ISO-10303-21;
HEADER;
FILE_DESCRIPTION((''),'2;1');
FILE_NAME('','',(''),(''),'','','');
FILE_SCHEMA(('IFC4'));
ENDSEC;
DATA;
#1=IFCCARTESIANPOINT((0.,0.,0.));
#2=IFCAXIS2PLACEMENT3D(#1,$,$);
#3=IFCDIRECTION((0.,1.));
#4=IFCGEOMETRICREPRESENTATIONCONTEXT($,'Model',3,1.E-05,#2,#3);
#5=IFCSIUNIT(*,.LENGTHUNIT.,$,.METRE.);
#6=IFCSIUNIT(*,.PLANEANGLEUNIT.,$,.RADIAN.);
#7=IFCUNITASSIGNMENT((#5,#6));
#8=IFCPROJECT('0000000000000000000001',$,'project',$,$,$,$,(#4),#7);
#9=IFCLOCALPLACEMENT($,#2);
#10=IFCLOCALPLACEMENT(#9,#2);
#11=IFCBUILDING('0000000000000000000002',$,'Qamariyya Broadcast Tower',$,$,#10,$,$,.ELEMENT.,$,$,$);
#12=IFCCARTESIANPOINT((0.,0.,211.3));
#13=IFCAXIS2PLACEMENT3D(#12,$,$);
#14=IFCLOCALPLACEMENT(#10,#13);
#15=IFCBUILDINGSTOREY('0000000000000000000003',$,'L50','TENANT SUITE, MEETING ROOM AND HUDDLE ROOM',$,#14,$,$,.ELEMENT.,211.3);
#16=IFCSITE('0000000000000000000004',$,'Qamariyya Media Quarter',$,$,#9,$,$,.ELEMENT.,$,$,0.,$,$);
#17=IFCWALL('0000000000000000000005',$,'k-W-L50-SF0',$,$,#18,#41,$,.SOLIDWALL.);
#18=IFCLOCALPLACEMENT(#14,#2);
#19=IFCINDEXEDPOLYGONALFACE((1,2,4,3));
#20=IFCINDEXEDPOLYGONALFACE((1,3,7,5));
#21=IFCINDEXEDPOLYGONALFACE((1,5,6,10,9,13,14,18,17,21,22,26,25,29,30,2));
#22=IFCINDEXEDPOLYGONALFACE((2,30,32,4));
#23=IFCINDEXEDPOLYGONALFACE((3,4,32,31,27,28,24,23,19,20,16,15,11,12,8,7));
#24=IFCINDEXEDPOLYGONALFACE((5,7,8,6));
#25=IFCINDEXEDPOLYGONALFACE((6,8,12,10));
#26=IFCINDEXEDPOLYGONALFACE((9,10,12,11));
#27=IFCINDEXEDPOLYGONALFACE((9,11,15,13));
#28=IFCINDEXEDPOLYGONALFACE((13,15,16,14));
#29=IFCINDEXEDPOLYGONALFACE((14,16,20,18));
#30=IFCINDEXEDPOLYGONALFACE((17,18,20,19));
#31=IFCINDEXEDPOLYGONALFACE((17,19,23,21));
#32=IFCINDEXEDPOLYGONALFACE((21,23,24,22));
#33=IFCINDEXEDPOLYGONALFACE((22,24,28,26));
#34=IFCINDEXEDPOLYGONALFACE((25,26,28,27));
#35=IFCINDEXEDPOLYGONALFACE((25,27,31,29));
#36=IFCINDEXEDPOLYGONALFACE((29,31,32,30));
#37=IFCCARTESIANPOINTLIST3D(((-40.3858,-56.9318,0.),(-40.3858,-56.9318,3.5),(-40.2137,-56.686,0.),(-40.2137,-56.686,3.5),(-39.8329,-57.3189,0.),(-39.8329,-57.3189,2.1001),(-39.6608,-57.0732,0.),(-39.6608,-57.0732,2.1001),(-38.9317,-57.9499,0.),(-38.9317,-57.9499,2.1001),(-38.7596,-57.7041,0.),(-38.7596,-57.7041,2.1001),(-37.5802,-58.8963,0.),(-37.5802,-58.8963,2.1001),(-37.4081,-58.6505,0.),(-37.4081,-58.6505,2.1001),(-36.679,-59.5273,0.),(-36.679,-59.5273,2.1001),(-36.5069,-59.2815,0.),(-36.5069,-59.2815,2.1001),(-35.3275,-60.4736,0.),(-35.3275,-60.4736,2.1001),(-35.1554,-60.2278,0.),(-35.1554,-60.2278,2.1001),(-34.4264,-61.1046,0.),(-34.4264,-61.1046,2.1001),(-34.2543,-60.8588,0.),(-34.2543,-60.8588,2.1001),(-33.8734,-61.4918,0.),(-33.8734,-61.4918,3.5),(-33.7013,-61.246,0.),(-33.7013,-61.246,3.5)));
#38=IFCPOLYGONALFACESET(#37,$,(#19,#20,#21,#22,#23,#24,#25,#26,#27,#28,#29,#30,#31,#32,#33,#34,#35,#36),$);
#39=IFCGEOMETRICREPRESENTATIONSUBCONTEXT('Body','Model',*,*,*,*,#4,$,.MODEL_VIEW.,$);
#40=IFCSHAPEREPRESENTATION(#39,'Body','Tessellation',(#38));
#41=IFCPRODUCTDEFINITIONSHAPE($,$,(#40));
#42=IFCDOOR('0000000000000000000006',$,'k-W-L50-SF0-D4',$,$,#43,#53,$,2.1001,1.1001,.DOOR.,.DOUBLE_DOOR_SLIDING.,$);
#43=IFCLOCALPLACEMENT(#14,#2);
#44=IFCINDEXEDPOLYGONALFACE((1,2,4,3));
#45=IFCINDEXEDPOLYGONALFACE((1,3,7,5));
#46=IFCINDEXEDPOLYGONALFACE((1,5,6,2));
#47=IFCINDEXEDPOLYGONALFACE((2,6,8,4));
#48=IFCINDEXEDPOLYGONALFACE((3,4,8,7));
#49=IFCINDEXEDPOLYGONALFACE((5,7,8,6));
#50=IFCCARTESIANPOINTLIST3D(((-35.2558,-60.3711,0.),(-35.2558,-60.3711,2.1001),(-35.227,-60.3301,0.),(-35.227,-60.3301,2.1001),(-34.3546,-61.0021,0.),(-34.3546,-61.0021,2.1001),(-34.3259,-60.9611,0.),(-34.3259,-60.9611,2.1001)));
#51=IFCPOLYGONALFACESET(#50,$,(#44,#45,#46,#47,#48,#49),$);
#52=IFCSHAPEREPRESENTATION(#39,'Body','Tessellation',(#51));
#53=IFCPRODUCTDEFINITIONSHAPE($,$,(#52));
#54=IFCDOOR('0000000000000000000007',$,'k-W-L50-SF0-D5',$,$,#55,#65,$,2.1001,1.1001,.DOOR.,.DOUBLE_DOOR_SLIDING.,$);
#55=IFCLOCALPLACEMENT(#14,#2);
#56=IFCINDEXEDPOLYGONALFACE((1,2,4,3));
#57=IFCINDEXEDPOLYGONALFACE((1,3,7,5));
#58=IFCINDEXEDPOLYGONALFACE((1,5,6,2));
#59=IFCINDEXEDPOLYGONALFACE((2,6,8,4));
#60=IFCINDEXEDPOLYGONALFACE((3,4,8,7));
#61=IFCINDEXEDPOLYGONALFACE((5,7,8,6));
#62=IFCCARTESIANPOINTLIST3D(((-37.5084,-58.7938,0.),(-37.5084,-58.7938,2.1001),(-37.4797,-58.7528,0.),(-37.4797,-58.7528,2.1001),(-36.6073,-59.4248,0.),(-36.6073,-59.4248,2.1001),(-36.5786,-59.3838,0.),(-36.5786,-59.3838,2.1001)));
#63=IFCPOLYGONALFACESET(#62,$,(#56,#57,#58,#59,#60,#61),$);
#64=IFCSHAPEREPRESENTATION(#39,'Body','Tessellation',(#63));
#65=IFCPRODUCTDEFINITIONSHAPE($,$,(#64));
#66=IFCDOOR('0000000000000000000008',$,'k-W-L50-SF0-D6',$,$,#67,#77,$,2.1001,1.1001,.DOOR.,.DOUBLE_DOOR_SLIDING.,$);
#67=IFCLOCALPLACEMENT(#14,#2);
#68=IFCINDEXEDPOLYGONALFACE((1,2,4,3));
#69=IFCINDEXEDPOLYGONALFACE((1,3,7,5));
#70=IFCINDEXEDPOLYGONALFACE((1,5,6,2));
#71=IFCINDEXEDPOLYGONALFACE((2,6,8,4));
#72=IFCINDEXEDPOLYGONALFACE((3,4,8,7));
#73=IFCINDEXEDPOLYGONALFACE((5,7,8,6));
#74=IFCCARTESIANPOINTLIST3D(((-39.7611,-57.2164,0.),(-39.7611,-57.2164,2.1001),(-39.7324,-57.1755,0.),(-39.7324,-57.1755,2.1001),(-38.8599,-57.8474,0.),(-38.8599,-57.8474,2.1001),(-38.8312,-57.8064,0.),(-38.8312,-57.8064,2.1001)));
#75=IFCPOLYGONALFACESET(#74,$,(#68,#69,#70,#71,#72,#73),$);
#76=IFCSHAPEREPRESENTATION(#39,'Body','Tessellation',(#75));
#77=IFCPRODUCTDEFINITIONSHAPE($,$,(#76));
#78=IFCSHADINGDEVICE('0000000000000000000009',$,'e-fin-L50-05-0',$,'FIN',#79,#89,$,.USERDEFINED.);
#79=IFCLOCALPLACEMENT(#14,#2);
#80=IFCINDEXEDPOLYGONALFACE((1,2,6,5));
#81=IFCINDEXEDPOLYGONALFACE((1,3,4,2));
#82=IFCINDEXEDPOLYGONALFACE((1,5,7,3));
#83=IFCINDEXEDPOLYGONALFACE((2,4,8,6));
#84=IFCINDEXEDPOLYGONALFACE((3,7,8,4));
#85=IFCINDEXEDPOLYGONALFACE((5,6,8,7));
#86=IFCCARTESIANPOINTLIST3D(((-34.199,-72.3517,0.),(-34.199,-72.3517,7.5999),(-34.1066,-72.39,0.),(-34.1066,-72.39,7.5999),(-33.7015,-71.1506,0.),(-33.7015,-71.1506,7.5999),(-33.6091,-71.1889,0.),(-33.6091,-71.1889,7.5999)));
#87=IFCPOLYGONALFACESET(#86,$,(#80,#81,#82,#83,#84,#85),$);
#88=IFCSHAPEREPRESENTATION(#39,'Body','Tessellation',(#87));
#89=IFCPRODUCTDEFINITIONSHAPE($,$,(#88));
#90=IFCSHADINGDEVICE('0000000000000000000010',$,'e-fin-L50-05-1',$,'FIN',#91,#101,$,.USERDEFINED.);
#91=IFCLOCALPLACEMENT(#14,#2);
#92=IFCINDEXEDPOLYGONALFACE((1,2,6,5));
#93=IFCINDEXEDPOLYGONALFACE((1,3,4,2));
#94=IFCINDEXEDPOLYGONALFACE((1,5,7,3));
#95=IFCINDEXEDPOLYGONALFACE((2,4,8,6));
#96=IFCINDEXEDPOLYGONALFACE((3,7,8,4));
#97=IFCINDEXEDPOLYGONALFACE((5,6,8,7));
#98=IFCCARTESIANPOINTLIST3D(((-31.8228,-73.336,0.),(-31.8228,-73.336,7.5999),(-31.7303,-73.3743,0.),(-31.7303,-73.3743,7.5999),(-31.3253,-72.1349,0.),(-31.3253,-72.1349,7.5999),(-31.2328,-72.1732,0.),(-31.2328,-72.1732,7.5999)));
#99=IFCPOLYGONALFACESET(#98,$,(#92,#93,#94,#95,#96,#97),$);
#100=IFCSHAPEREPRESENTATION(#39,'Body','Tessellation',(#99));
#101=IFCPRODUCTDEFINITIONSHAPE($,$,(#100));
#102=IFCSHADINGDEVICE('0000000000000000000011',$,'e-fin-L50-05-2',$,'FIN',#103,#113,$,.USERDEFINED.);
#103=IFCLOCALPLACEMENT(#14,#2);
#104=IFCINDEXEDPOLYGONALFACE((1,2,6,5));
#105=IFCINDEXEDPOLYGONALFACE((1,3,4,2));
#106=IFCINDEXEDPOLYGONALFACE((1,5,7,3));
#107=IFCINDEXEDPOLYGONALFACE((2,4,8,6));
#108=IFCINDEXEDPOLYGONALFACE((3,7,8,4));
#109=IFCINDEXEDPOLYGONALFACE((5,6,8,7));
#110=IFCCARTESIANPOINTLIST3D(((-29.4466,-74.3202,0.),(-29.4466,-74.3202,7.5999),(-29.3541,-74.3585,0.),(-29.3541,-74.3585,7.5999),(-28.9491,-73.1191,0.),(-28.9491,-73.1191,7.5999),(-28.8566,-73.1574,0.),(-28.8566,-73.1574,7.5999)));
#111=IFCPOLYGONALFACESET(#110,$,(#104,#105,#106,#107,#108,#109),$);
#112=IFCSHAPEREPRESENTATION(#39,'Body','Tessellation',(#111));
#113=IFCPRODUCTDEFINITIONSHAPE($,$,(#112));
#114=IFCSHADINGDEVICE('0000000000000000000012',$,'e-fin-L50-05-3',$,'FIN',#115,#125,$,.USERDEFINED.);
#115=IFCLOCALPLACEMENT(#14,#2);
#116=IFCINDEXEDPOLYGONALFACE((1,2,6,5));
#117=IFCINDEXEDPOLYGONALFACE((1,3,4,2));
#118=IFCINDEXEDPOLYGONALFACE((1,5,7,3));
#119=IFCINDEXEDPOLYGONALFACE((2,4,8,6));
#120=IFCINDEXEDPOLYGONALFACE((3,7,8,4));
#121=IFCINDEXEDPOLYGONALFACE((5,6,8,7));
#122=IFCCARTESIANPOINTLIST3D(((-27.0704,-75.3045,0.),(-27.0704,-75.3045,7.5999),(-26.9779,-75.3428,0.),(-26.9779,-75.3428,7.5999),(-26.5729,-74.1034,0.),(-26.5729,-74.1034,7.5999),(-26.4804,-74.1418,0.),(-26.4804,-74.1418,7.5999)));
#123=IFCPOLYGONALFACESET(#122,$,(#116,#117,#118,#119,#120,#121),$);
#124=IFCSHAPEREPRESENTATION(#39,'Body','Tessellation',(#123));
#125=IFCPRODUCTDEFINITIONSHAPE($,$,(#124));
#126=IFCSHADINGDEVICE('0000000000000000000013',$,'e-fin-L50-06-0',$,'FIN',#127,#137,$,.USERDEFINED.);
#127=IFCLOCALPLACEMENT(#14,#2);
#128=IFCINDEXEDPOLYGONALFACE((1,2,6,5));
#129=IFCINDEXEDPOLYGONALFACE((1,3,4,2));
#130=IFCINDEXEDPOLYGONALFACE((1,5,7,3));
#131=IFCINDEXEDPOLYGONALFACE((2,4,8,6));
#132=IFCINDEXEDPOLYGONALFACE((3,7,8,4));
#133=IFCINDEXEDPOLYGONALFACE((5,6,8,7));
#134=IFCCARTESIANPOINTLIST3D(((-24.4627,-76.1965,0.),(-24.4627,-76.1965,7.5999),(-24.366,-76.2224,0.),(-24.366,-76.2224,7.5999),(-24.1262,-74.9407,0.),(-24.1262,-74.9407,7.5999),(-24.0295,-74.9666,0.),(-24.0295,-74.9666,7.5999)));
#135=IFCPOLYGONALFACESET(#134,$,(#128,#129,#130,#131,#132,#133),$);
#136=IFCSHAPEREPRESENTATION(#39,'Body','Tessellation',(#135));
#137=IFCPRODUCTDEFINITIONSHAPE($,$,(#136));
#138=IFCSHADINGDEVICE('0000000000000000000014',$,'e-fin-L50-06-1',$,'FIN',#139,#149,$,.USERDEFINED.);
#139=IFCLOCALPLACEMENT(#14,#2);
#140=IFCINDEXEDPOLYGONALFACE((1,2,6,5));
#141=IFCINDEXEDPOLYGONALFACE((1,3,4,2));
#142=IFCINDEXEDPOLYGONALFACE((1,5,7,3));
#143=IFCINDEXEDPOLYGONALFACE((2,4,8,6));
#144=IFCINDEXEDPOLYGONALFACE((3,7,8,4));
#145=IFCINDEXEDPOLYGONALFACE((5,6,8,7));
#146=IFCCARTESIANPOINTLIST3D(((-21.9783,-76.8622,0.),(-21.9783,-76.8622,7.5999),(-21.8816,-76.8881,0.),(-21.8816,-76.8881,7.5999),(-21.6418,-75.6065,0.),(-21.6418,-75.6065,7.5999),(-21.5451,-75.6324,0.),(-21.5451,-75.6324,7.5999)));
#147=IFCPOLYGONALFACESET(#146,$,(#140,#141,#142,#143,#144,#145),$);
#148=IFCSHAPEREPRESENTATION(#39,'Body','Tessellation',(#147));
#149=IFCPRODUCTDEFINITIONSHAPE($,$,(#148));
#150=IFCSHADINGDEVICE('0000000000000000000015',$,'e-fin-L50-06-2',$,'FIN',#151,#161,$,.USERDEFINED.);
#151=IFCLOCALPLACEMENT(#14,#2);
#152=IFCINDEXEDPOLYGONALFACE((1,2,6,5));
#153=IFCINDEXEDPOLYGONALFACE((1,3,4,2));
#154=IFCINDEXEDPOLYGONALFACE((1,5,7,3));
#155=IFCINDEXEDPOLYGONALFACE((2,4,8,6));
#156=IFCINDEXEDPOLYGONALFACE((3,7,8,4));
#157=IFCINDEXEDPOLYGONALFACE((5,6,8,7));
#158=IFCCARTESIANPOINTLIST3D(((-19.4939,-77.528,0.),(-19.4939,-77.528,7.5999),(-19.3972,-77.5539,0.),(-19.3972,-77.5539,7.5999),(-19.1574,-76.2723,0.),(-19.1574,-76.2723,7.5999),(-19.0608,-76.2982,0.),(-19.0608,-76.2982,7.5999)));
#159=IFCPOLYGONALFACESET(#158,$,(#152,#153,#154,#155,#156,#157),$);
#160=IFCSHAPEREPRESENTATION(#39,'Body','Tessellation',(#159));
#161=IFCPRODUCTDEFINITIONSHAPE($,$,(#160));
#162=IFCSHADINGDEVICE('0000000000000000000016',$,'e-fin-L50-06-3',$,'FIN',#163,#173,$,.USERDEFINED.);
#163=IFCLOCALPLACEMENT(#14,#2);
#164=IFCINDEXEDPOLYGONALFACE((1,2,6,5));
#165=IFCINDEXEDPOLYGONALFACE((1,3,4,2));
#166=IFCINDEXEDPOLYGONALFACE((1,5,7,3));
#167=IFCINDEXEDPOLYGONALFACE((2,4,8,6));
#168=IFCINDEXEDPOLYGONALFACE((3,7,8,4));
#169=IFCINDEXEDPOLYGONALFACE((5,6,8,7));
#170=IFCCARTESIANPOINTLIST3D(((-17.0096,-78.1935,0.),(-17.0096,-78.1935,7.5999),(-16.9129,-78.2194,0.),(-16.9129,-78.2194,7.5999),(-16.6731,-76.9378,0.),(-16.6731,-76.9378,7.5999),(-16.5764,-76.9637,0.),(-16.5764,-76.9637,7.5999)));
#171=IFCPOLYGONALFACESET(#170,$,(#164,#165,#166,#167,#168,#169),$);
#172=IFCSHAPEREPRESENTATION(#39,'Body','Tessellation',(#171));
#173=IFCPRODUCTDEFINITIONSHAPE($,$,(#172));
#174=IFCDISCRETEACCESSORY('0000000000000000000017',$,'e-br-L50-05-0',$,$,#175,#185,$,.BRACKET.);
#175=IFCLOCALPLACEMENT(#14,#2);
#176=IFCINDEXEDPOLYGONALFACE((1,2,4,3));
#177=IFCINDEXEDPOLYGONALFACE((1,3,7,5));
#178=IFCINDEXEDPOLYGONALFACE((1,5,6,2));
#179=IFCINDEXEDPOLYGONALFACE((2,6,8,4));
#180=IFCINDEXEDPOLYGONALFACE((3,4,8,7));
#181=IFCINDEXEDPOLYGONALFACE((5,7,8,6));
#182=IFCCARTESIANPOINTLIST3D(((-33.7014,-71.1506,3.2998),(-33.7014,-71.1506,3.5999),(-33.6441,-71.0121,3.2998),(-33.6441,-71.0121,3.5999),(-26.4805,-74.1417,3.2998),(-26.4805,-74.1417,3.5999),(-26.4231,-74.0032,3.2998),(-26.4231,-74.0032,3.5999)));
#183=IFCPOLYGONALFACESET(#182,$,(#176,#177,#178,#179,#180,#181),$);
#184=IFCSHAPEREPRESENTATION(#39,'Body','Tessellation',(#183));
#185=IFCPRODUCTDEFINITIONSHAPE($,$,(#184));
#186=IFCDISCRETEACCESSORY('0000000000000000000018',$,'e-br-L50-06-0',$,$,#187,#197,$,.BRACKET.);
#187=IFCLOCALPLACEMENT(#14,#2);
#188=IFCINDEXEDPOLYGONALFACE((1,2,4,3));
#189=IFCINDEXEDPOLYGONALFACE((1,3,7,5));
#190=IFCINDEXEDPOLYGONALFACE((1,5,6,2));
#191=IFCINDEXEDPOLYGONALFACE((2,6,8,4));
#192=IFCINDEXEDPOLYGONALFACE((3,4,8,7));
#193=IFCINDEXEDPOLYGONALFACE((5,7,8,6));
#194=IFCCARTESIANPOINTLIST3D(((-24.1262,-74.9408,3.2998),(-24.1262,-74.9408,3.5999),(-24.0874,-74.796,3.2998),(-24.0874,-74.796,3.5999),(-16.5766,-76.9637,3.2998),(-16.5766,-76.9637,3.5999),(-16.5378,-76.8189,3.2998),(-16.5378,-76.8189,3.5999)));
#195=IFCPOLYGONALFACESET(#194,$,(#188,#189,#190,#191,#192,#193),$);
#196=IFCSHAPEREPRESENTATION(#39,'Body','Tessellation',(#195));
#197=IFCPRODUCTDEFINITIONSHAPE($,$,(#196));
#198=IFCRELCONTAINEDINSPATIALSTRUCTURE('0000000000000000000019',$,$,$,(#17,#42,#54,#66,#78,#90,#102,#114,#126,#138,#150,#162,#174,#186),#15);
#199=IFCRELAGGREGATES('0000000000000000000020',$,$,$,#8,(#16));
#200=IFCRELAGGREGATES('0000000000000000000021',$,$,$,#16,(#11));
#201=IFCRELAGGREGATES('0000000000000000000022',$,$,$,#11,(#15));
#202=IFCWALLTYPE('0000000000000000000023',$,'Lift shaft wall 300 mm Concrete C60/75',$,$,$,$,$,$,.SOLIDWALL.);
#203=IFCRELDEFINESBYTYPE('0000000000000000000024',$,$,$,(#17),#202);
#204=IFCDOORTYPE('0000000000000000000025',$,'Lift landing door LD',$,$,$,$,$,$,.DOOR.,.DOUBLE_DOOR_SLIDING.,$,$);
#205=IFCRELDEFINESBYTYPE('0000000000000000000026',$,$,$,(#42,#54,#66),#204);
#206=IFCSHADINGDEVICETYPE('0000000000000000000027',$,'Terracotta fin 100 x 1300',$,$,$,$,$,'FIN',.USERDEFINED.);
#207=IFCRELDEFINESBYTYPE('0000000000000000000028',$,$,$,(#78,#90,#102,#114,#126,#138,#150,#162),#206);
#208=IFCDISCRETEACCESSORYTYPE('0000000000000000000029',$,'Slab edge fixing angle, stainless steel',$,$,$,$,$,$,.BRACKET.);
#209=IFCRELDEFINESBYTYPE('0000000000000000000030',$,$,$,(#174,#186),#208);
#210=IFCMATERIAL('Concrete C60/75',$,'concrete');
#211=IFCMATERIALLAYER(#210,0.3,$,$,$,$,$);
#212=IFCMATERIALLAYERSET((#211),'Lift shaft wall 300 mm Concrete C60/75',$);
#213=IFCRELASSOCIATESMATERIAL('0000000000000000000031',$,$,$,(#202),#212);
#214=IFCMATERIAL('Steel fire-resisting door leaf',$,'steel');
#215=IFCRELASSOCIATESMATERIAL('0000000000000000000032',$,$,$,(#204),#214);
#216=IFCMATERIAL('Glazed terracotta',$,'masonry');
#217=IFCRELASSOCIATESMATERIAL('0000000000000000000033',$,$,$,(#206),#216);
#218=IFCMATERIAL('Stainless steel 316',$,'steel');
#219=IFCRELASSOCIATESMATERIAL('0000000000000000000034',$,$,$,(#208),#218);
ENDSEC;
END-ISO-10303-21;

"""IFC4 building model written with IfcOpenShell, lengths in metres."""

from ifc_helpers import new_model, si_unit, direction, frame, frame_2d, origin, origin_2d, place, context, subcontext, project, spatial, rectangle, extrude, material, layer, layer_set, material_profile, profile_set, type_object, element, fill, save


model = new_model("IFC4")

# Units and contexts
model_context = context("Model", 3, precision=1e-05, world=origin(), true_north=direction((0.0, 1.0)))
body_context = subcontext(model_context, "Body", "Model", "MODEL_VIEW")
ifc_project = project(units=[si_unit("LENGTHUNIT", "METRE"), si_unit("PLANEANGLEUNIT", "RADIAN")], contexts=[model_context])

# Site, building, storey
site_placement = place(None, origin())
site = spatial("IfcSite", under=ifc_project, at=site_placement, Name="Qamariyya Media Quarter", CompositionType="ELEMENT", RefElevation=0.0)
building_placement = place(site_placement, origin())
building = spatial("IfcBuilding", under=site, at=building_placement, Name="Qamariyya Broadcast Tower", CompositionType="ELEMENT")
storey_placement = place(building_placement, frame((0.0, 0.0, 211.3)))
storey = spatial("IfcBuildingStorey", under=building, at=storey_placement, Name="L50", Description="TENANT SUITE, MEETING ROOM AND HUDDLE ROOM", CompositionType="ELEMENT", Elevation=211.3)

# Shared definitions
ifc_material_1 = material(Name="Concrete C60/75", Category="concrete")

# Shared definitions
ifc_layer_1 = layer(ifc_material_1, 0.3)
ifc_layer_set_1 = layer_set([ifc_layer_1], Name="Lift shaft wall 300 mm Concrete C60/75")
wall_type_1 = type_object("IfcWallType", Name="Lift shaft wall 300 mm Concrete C60/75", PredefinedType="SOLIDWALL", material=ifc_layer_set_1)
ifc_material_2 = material(Name="Steel fire-resisting door leaf", Category="steel")

# Wall, openings, doors
wall_1_placement = place(storey_placement, frame((-33.7874, -61.3689, 0.0), z_axis=(0.0, 0.0, 1.0), x_axis=(-0.819153, 0.573576, 0.0)))
wall_1 = element("IfcWall", 1, at=wall_1_placement, inside=storey, type_object=wall_type_1, Name="k-W-L50-SF0", PredefinedType="SOLIDWALL", context=body_context, shape_type="SweptSolid", body=[
    extrude(rectangle(XDim=7.9502, YDim=0.3, at=frame_2d((3.9751, 0.0))), origin(), (0.0, 0.0, 1.0), 3.5),
])
opening_1_placement = place(wall_1_placement, frame((0.675, 0.0, 0.0)))
opening_1 = element("IfcOpeningElement", 2, at=opening_1_placement, cuts=wall_1, PredefinedType="OPENING", context=body_context, shape_type="SweptSolid", body=[
    extrude(rectangle(XDim=1.1001, YDim=2.1001, at=frame_2d((0.55, 1.05))), frame((0.0, 0.1599, 0.0), z_axis=(0.0, -1.0, 0.0), x_axis=(1.0, 0.0, 0.0)), (0.0, 0.0, 1.0), 0.3201),
])
opening_2_placement = place(wall_1_placement, frame((3.425, 0.0, 0.0)))
opening_2 = element("IfcOpeningElement", 3, at=opening_2_placement, cuts=wall_1, PredefinedType="OPENING", context=body_context, shape_type="SweptSolid", body=[
    extrude(rectangle(XDim=1.1001, YDim=2.1001, at=frame_2d((0.55, 1.05))), frame((0.0, 0.1599, 0.0), z_axis=(0.0, -1.0, 0.0), x_axis=(1.0, 0.0, 0.0)), (0.0, 0.0, 1.0), 0.3201),
])
opening_3_placement = place(wall_1_placement, frame((6.175, 0.0, 0.0)))
opening_3 = element("IfcOpeningElement", 4, at=opening_3_placement, cuts=wall_1, PredefinedType="OPENING", context=body_context, shape_type="SweptSolid", body=[
    extrude(rectangle(XDim=1.1001, YDim=2.1001, at=frame_2d((0.55, 1.05))), frame((0.0, 0.1599, 0.0), z_axis=(0.0, -1.0, 0.0), x_axis=(1.0, 0.0, 0.0)), (0.0, 0.0, 1.0), 0.3201),
])
door_type_1 = type_object("IfcDoorType", Name="Lift landing door LD", OperationType="DOUBLE_DOOR_SLIDING", PredefinedType="DOOR", material=ifc_material_2)
door_1_placement = place(opening_1_placement, origin())
door_1 = element("IfcDoor", 5, at=door_1_placement, inside=storey, type_object=door_type_1, Name="k-W-L50-SF0-D4", OperationType="DOUBLE_DOOR_SLIDING", OverallHeight=2.1001, OverallWidth=1.1001, PredefinedType="DOOR", context=body_context, shape_type="SweptSolid", body=[
    extrude(rectangle(XDim=1.1001, YDim=2.1001, at=frame_2d((0.55, 1.05))), frame((0.0, 0.0249, 0.0), z_axis=(0.0, -1.0, 0.0), x_axis=(1.0, 0.0, 0.0)), (0.0, 0.0, 1.0), 0.05),
])
fill(opening_1, door_1)
door_2_placement = place(opening_2_placement, origin())
door_2 = element("IfcDoor", 6, at=door_2_placement, inside=storey, type_object=door_type_1, Name="k-W-L50-SF0-D5", OperationType="DOUBLE_DOOR_SLIDING", OverallHeight=2.1001, OverallWidth=1.1001, PredefinedType="DOOR", context=body_context, shape_type="SweptSolid", body=[
    extrude(rectangle(XDim=1.1001, YDim=2.1001, at=frame_2d((0.55, 1.05))), frame((0.0, 0.0249, 0.0), z_axis=(0.0, -1.0, 0.0), x_axis=(1.0, 0.0, 0.0)), (0.0, 0.0, 1.0), 0.05),
])
fill(opening_2, door_2)
door_3_placement = place(opening_3_placement, origin())
door_3 = element("IfcDoor", 7, at=door_3_placement, inside=storey, type_object=door_type_1, Name="k-W-L50-SF0-D6", OperationType="DOUBLE_DOOR_SLIDING", OverallHeight=2.1001, OverallWidth=1.1001, PredefinedType="DOOR", context=body_context, shape_type="SweptSolid", body=[
    extrude(rectangle(XDim=1.1001, YDim=2.1001, at=frame_2d((0.55, 1.05))), frame((0.0, 0.0249, 0.0), z_axis=(0.0, -1.0, 0.0), x_axis=(1.0, 0.0, 0.0)), (0.0, 0.0, 1.0), 0.05),
])
fill(opening_3, door_3)

# Shading devices
ifc_material_3 = material(Name="Glazed terracotta", Category="masonry")
ifc_material_profile_1 = material_profile(ifc_material_3, rectangle(XDim=1.3, YDim=0.1001, at=origin_2d()))
ifc_profile_set_1 = profile_set([ifc_material_profile_1], Name="Glazed terracotta")
shading_device_type_1 = type_object("IfcShadingDeviceType", Name="Terracotta fin 100 x 1300", ElementType="FIN", PredefinedType="USERDEFINED", material=ifc_profile_set_1)
for number, where, z_axis, x_axis, name in (
    (8, (-33.9041, -71.7703, 0.0), (0.0, 0.0, 1.0), (-0.382683, -0.92388, 0.0), "e-fin-L50-05-0"),
    (9, (-31.5278, -72.7546, 0.0), (0.0, 0.0, 1.0), (-0.382683, -0.92388, 0.0), "e-fin-L50-05-1"),
    (10, (-29.1516, -73.7388, 0.0), (0.0, 0.0, 1.0), (-0.382683, -0.92388, 0.0), "e-fin-L50-05-2"),
    (11, (-26.7754, -74.7231, 0.0), (0.0, 0.0, 1.0), (-0.382683, -0.92388, 0.0), "e-fin-L50-05-3"),
    (12, (-24.2461, -75.5815, 0.0), (0.0, 0.0, 1.0), (-0.258819, -0.965926, 0.0), "e-fin-L50-06-0"),
    (13, (-21.7617, -76.2473, 0.0), (0.0, 0.0, 1.0), (-0.258819, -0.965926, 0.0), "e-fin-L50-06-1"),
    (14, (-19.2773, -76.9131, 0.0), (0.0, 0.0, 1.0), (-0.258819, -0.965926, 0.0), "e-fin-L50-06-2"),
    (15, (-16.793, -77.5786, 0.0), (0.0, 0.0, 1.0), (-0.258819, -0.965926, 0.0), "e-fin-L50-06-3"),
):
    element("IfcShadingDevice", number, at=place(storey_placement, frame(where, z_axis=z_axis, x_axis=x_axis)), inside=storey, type_object=shading_device_type_1, Name=name, ObjectType="FIN", PredefinedType="USERDEFINED", context=body_context, shape_type="SweptSolid", body=[
        extrude(rectangle(XDim=1.3, YDim=0.1001, at=origin_2d()), origin(), (0.0, 0.0, 1.0), 7.5999),
    ])

# Discrete accessories
ifc_material_4 = material(Name="Stainless steel 316", Category="steel")
discrete_accessory_type = type_object("IfcDiscreteAccessoryType", Name="Slab edge fixing angle, stainless steel", PredefinedType="BRACKET", material=ifc_material_4)
for number, where, z_axis, x_axis, name in (
    (16, (-30.0623, -72.5769, 3.2998), (0.0, 0.0, 1.0), (0.92388, -0.382683, 0.0), "e-br-L50-05-0"),
    (17, (-20.332, -75.8799, 3.2998), (0.0, 0.0, 1.0), (0.965926, -0.258819, 0.0), "e-br-L50-06-0"),
):
    element("IfcDiscreteAccessory", number, at=place(storey_placement, frame(where, z_axis=z_axis, x_axis=x_axis)), inside=storey, type_object=discrete_accessory_type, Name=name, PredefinedType="BRACKET", context=body_context, shape_type="SweptSolid", body=[
        extrude(rectangle(XDim=7.8159, YDim=0.1499, at=origin_2d()), origin(), (0.0, 0.0, 1.0), 0.3),
    ])

save(model, "model.ifc")
